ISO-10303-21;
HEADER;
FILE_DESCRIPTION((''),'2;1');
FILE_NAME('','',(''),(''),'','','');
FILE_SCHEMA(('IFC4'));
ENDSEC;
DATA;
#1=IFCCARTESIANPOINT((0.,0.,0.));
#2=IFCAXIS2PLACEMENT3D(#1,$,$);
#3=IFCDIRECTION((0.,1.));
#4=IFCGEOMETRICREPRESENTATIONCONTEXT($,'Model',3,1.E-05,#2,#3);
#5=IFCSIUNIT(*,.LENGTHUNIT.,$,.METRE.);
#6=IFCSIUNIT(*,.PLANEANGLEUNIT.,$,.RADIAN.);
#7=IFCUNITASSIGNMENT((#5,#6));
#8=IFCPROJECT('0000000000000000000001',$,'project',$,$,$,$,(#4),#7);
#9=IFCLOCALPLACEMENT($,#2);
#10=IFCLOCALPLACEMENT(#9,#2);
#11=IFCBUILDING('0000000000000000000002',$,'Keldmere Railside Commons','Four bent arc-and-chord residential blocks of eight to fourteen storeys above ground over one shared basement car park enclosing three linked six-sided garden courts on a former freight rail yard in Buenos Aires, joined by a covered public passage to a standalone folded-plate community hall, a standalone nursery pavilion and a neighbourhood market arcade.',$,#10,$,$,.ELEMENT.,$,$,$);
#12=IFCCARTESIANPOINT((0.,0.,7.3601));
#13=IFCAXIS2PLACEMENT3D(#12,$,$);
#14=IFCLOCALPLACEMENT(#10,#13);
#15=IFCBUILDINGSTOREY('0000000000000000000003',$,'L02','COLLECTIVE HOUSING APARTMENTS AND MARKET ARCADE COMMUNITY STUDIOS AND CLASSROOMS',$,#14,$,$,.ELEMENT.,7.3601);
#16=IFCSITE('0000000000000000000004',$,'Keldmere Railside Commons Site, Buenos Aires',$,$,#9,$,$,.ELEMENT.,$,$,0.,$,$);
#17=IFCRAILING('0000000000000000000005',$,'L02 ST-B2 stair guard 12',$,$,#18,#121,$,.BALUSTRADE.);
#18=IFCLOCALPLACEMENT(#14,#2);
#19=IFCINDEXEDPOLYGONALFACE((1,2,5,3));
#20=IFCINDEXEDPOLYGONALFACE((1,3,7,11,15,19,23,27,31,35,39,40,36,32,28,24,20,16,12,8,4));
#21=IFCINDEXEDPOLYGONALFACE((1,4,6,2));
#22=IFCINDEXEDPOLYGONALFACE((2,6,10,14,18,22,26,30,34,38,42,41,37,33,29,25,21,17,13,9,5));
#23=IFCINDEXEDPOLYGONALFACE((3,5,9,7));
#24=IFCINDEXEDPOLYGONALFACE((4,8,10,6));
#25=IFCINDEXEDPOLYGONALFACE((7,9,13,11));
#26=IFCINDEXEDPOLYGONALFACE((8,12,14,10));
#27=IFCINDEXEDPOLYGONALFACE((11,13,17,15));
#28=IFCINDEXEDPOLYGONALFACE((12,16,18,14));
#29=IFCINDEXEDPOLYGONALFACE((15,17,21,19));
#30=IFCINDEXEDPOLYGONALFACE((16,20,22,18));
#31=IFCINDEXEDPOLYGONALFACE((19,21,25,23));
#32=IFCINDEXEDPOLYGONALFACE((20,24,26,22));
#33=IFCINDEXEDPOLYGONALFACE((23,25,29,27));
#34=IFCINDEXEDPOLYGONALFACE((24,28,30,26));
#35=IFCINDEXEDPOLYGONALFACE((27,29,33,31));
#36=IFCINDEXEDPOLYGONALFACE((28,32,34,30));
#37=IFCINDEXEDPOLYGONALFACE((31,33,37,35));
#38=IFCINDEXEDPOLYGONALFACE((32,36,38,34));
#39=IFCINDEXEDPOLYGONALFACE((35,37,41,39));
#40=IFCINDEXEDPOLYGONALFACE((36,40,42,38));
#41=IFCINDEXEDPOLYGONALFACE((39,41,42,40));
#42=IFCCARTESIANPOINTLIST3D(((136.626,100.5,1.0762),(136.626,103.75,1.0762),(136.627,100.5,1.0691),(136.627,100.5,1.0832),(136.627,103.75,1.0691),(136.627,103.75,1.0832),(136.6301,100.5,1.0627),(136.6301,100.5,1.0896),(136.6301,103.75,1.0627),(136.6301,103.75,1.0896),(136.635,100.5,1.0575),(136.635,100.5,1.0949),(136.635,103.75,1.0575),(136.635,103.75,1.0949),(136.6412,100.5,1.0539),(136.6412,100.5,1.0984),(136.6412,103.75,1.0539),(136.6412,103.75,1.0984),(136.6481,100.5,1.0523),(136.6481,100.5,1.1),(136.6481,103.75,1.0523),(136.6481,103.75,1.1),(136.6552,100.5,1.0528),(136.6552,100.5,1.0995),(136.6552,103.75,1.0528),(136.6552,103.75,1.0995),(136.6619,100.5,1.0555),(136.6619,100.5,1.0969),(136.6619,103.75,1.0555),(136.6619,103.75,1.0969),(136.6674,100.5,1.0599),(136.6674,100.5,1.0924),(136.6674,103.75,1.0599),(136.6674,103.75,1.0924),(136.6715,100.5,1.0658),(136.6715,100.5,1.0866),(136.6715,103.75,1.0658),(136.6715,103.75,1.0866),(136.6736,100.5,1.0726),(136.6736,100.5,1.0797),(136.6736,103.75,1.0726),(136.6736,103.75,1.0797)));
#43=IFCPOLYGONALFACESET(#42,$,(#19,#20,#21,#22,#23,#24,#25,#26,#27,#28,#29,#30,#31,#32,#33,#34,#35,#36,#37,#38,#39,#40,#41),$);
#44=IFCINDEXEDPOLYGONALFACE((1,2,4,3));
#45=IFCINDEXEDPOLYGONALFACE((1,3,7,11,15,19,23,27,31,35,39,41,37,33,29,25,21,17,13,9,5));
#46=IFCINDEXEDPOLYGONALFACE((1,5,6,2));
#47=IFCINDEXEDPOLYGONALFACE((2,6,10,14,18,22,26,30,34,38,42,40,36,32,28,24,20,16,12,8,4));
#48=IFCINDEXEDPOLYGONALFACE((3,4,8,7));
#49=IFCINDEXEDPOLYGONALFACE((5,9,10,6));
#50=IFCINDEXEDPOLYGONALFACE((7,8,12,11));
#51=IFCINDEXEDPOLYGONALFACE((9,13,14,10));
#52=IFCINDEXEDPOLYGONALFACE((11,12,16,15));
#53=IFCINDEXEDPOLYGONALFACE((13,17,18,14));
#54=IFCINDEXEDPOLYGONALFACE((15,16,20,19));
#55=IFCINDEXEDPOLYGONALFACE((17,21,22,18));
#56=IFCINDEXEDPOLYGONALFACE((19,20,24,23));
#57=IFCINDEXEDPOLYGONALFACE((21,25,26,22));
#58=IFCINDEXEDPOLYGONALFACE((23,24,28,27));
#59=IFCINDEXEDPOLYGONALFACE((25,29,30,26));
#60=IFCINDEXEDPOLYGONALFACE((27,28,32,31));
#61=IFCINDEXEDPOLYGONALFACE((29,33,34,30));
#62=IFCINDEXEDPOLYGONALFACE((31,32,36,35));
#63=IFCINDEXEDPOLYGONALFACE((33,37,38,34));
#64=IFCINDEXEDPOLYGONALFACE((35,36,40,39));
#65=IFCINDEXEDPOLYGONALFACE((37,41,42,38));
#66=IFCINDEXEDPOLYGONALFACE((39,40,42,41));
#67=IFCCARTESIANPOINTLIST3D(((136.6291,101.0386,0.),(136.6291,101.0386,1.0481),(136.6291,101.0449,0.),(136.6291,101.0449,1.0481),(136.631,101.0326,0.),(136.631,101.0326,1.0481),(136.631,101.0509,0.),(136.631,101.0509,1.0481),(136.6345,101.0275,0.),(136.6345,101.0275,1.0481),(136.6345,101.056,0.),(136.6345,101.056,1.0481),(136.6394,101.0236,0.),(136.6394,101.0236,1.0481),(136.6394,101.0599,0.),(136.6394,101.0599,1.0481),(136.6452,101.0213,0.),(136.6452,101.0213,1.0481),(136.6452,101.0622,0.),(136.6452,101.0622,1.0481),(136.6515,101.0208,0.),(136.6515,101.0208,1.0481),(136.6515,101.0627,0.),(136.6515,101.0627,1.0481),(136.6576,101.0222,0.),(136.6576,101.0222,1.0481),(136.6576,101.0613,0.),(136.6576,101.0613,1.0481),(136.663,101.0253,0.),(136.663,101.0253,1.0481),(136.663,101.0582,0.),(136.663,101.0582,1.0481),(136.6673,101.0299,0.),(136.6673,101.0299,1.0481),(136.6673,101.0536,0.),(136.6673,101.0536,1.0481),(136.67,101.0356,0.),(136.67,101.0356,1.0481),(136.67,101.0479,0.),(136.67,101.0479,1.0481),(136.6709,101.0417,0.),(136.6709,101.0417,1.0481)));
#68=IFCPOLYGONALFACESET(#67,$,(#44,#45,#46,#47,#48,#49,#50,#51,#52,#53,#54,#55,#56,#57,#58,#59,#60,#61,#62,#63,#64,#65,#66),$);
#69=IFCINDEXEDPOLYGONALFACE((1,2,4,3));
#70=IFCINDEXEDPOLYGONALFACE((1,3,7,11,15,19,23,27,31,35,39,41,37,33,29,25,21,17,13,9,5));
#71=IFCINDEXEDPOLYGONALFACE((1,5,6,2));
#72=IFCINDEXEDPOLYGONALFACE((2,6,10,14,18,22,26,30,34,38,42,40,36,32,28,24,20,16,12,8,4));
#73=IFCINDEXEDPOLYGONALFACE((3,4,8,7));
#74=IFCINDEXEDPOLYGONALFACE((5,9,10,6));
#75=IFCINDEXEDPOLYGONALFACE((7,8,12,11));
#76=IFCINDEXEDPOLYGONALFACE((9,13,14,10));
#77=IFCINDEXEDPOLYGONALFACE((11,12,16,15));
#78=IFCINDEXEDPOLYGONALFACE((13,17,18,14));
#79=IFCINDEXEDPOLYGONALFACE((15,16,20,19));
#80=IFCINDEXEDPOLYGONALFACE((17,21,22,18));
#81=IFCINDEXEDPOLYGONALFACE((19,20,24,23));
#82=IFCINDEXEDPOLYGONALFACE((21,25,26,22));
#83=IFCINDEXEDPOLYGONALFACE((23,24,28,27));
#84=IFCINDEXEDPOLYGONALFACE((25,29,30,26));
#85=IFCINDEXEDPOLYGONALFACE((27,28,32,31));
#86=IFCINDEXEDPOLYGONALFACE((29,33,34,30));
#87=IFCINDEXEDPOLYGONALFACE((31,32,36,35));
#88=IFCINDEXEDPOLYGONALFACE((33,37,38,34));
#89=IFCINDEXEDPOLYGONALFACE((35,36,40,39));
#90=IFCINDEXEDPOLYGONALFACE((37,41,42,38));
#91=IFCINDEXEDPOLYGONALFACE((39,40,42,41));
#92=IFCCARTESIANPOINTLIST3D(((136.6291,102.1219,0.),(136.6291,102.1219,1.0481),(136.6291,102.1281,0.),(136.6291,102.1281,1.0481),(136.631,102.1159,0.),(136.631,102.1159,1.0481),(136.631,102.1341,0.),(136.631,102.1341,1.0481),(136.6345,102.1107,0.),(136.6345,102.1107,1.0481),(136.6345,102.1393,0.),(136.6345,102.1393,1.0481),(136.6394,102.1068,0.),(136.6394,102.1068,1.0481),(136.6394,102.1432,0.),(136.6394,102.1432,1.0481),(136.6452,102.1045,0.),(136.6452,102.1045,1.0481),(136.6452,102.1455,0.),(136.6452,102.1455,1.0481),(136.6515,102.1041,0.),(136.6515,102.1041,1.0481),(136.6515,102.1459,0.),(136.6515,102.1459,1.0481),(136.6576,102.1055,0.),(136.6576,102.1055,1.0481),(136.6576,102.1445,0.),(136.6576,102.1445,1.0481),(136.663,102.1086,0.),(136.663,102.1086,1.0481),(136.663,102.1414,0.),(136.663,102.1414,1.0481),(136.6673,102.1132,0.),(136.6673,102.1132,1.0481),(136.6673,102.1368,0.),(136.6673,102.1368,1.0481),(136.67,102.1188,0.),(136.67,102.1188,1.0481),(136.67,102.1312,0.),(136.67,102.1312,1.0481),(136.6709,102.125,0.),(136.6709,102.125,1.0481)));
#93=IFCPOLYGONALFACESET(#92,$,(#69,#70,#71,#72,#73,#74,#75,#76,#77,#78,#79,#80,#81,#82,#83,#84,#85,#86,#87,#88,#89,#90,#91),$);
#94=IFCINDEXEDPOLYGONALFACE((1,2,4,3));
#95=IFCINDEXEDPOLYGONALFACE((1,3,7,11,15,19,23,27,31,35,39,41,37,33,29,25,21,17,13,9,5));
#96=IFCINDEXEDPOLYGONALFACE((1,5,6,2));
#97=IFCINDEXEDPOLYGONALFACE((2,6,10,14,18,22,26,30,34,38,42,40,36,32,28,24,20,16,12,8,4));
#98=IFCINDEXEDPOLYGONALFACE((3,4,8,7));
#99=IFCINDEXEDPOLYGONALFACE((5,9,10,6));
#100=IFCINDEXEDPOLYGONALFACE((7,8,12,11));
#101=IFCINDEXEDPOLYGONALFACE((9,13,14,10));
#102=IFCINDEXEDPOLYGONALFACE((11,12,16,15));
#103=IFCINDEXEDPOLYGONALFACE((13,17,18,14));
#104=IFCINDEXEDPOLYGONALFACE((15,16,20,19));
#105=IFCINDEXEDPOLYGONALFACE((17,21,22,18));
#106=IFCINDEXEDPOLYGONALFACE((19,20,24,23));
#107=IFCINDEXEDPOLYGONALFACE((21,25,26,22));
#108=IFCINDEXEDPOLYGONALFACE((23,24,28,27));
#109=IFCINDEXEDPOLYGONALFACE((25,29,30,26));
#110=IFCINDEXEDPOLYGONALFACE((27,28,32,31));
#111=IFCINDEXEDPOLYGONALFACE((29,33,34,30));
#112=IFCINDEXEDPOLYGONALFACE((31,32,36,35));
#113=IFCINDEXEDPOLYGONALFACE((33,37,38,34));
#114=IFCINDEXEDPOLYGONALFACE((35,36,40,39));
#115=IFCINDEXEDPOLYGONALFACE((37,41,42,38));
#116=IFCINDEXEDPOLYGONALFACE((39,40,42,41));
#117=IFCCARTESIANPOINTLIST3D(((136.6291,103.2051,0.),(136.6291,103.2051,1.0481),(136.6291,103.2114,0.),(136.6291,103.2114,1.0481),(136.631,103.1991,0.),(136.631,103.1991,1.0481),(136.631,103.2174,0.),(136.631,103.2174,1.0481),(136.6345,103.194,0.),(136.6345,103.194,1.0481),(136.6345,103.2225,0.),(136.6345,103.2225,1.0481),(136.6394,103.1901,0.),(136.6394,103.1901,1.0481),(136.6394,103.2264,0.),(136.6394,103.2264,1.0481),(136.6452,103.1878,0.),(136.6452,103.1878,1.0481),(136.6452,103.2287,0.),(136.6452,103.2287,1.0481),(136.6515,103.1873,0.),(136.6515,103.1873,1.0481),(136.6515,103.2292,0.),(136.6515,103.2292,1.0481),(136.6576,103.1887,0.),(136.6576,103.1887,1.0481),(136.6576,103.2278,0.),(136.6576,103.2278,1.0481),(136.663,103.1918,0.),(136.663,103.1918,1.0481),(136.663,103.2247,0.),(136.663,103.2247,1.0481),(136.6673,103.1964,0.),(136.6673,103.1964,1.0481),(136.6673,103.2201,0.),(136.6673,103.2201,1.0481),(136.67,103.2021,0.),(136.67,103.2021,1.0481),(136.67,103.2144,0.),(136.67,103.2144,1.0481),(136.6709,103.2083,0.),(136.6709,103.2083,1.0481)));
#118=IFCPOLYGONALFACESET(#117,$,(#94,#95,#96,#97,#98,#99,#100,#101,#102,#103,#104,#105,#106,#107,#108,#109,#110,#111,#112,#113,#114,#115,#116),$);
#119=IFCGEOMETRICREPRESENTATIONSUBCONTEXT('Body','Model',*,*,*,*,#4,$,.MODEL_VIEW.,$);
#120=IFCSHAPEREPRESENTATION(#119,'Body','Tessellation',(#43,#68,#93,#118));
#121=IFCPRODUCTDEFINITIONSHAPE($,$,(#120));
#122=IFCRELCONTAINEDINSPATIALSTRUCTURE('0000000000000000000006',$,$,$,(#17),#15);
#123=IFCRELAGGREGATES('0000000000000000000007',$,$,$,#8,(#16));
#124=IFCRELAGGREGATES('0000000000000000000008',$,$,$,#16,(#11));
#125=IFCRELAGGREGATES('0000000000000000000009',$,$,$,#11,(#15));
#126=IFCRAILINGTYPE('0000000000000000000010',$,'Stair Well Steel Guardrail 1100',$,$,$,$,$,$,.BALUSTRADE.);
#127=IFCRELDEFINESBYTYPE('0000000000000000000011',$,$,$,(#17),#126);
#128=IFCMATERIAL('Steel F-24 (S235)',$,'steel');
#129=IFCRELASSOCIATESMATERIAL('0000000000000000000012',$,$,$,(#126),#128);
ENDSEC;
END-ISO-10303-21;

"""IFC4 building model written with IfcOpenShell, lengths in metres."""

from ifc_helpers import new_model, si_unit, direction, frame, origin, origin_2d, place, context, subcontext, project, spatial, circle, extrude, material, type_object, element, save


model = new_model("IFC4")

# Units and contexts
model_context = context("Model", 3, precision=1e-05, world=origin(), true_north=direction((0.0, 1.0)))
body_context = subcontext(model_context, "Body", "Model", "MODEL_VIEW")
ifc_project = project(units=[si_unit("LENGTHUNIT", "METRE"), si_unit("PLANEANGLEUNIT", "RADIAN")], contexts=[model_context])

# Site, building, storey
site_placement = place(None, origin())
site = spatial("IfcSite", under=ifc_project, at=site_placement, Name="Keldmere Railside Commons Site, Buenos Aires", CompositionType="ELEMENT", RefElevation=0.0)
building_placement = place(site_placement, origin())
building = spatial("IfcBuilding", under=site, at=building_placement, Name="Keldmere Railside Commons", Description="Four bent arc-and-chord residential blocks of eight to fourteen storeys above ground over one shared basement car park enclosing three linked six-sided garden courts on a former freight rail yard in Buenos Aires, joined by a covered public passage to a standalone folded-plate community hall, a standalone nursery pavilion and a neighbourhood market arcade.", CompositionType="ELEMENT")
storey_placement = place(building_placement, frame((0.0, 0.0, 7.3601)))
storey = spatial("IfcBuildingStorey", under=building, at=storey_placement, Name="L02", Description="COLLECTIVE HOUSING APARTMENTS AND MARKET ARCADE COMMUNITY STUDIOS AND CLASSROOMS", CompositionType="ELEMENT", Elevation=7.3601)

# Railing
ifc_material_1 = material(Name="Steel F-24 (S235)", Category="steel")
railing_type_1 = type_object("IfcRailingType", Name="Stair Well Steel Guardrail 1100", PredefinedType="BALUSTRADE", material=ifc_material_1)
railing_1_placement = place(storey_placement, frame((136.6499, 100.5, 0.0)))
element("IfcRailing", 1, at=railing_1_placement, inside=storey, type_object=railing_type_1, Name="L02 ST-B2 stair guard 12", PredefinedType="BALUSTRADE", context=body_context, shape_type="SweptSolid", body=[
    extrude(circle(Radius=0.0239, at=origin_2d()), frame((0.0, 0.0, 1.0762), z_axis=(0.0, 1.0, 0.0), x_axis=(-1.0, 0.0, 0.0)), (0.0, 0.0, 1.0), 3.25),
    extrude(circle(Radius=0.021, at=origin_2d()), frame((0.0, 0.5417, 0.0)), (0.0, 0.0, 1.0), 1.0481),
    extrude(circle(Radius=0.021, at=origin_2d()), frame((0.0, 1.625, 0.0)), (0.0, 0.0, 1.0), 1.0481),
    extrude(circle(Radius=0.021, at=origin_2d()), frame((0.0, 2.7083, 0.0)), (0.0, 0.0, 1.0), 1.0481),
])

save(model, "model.ifc")
